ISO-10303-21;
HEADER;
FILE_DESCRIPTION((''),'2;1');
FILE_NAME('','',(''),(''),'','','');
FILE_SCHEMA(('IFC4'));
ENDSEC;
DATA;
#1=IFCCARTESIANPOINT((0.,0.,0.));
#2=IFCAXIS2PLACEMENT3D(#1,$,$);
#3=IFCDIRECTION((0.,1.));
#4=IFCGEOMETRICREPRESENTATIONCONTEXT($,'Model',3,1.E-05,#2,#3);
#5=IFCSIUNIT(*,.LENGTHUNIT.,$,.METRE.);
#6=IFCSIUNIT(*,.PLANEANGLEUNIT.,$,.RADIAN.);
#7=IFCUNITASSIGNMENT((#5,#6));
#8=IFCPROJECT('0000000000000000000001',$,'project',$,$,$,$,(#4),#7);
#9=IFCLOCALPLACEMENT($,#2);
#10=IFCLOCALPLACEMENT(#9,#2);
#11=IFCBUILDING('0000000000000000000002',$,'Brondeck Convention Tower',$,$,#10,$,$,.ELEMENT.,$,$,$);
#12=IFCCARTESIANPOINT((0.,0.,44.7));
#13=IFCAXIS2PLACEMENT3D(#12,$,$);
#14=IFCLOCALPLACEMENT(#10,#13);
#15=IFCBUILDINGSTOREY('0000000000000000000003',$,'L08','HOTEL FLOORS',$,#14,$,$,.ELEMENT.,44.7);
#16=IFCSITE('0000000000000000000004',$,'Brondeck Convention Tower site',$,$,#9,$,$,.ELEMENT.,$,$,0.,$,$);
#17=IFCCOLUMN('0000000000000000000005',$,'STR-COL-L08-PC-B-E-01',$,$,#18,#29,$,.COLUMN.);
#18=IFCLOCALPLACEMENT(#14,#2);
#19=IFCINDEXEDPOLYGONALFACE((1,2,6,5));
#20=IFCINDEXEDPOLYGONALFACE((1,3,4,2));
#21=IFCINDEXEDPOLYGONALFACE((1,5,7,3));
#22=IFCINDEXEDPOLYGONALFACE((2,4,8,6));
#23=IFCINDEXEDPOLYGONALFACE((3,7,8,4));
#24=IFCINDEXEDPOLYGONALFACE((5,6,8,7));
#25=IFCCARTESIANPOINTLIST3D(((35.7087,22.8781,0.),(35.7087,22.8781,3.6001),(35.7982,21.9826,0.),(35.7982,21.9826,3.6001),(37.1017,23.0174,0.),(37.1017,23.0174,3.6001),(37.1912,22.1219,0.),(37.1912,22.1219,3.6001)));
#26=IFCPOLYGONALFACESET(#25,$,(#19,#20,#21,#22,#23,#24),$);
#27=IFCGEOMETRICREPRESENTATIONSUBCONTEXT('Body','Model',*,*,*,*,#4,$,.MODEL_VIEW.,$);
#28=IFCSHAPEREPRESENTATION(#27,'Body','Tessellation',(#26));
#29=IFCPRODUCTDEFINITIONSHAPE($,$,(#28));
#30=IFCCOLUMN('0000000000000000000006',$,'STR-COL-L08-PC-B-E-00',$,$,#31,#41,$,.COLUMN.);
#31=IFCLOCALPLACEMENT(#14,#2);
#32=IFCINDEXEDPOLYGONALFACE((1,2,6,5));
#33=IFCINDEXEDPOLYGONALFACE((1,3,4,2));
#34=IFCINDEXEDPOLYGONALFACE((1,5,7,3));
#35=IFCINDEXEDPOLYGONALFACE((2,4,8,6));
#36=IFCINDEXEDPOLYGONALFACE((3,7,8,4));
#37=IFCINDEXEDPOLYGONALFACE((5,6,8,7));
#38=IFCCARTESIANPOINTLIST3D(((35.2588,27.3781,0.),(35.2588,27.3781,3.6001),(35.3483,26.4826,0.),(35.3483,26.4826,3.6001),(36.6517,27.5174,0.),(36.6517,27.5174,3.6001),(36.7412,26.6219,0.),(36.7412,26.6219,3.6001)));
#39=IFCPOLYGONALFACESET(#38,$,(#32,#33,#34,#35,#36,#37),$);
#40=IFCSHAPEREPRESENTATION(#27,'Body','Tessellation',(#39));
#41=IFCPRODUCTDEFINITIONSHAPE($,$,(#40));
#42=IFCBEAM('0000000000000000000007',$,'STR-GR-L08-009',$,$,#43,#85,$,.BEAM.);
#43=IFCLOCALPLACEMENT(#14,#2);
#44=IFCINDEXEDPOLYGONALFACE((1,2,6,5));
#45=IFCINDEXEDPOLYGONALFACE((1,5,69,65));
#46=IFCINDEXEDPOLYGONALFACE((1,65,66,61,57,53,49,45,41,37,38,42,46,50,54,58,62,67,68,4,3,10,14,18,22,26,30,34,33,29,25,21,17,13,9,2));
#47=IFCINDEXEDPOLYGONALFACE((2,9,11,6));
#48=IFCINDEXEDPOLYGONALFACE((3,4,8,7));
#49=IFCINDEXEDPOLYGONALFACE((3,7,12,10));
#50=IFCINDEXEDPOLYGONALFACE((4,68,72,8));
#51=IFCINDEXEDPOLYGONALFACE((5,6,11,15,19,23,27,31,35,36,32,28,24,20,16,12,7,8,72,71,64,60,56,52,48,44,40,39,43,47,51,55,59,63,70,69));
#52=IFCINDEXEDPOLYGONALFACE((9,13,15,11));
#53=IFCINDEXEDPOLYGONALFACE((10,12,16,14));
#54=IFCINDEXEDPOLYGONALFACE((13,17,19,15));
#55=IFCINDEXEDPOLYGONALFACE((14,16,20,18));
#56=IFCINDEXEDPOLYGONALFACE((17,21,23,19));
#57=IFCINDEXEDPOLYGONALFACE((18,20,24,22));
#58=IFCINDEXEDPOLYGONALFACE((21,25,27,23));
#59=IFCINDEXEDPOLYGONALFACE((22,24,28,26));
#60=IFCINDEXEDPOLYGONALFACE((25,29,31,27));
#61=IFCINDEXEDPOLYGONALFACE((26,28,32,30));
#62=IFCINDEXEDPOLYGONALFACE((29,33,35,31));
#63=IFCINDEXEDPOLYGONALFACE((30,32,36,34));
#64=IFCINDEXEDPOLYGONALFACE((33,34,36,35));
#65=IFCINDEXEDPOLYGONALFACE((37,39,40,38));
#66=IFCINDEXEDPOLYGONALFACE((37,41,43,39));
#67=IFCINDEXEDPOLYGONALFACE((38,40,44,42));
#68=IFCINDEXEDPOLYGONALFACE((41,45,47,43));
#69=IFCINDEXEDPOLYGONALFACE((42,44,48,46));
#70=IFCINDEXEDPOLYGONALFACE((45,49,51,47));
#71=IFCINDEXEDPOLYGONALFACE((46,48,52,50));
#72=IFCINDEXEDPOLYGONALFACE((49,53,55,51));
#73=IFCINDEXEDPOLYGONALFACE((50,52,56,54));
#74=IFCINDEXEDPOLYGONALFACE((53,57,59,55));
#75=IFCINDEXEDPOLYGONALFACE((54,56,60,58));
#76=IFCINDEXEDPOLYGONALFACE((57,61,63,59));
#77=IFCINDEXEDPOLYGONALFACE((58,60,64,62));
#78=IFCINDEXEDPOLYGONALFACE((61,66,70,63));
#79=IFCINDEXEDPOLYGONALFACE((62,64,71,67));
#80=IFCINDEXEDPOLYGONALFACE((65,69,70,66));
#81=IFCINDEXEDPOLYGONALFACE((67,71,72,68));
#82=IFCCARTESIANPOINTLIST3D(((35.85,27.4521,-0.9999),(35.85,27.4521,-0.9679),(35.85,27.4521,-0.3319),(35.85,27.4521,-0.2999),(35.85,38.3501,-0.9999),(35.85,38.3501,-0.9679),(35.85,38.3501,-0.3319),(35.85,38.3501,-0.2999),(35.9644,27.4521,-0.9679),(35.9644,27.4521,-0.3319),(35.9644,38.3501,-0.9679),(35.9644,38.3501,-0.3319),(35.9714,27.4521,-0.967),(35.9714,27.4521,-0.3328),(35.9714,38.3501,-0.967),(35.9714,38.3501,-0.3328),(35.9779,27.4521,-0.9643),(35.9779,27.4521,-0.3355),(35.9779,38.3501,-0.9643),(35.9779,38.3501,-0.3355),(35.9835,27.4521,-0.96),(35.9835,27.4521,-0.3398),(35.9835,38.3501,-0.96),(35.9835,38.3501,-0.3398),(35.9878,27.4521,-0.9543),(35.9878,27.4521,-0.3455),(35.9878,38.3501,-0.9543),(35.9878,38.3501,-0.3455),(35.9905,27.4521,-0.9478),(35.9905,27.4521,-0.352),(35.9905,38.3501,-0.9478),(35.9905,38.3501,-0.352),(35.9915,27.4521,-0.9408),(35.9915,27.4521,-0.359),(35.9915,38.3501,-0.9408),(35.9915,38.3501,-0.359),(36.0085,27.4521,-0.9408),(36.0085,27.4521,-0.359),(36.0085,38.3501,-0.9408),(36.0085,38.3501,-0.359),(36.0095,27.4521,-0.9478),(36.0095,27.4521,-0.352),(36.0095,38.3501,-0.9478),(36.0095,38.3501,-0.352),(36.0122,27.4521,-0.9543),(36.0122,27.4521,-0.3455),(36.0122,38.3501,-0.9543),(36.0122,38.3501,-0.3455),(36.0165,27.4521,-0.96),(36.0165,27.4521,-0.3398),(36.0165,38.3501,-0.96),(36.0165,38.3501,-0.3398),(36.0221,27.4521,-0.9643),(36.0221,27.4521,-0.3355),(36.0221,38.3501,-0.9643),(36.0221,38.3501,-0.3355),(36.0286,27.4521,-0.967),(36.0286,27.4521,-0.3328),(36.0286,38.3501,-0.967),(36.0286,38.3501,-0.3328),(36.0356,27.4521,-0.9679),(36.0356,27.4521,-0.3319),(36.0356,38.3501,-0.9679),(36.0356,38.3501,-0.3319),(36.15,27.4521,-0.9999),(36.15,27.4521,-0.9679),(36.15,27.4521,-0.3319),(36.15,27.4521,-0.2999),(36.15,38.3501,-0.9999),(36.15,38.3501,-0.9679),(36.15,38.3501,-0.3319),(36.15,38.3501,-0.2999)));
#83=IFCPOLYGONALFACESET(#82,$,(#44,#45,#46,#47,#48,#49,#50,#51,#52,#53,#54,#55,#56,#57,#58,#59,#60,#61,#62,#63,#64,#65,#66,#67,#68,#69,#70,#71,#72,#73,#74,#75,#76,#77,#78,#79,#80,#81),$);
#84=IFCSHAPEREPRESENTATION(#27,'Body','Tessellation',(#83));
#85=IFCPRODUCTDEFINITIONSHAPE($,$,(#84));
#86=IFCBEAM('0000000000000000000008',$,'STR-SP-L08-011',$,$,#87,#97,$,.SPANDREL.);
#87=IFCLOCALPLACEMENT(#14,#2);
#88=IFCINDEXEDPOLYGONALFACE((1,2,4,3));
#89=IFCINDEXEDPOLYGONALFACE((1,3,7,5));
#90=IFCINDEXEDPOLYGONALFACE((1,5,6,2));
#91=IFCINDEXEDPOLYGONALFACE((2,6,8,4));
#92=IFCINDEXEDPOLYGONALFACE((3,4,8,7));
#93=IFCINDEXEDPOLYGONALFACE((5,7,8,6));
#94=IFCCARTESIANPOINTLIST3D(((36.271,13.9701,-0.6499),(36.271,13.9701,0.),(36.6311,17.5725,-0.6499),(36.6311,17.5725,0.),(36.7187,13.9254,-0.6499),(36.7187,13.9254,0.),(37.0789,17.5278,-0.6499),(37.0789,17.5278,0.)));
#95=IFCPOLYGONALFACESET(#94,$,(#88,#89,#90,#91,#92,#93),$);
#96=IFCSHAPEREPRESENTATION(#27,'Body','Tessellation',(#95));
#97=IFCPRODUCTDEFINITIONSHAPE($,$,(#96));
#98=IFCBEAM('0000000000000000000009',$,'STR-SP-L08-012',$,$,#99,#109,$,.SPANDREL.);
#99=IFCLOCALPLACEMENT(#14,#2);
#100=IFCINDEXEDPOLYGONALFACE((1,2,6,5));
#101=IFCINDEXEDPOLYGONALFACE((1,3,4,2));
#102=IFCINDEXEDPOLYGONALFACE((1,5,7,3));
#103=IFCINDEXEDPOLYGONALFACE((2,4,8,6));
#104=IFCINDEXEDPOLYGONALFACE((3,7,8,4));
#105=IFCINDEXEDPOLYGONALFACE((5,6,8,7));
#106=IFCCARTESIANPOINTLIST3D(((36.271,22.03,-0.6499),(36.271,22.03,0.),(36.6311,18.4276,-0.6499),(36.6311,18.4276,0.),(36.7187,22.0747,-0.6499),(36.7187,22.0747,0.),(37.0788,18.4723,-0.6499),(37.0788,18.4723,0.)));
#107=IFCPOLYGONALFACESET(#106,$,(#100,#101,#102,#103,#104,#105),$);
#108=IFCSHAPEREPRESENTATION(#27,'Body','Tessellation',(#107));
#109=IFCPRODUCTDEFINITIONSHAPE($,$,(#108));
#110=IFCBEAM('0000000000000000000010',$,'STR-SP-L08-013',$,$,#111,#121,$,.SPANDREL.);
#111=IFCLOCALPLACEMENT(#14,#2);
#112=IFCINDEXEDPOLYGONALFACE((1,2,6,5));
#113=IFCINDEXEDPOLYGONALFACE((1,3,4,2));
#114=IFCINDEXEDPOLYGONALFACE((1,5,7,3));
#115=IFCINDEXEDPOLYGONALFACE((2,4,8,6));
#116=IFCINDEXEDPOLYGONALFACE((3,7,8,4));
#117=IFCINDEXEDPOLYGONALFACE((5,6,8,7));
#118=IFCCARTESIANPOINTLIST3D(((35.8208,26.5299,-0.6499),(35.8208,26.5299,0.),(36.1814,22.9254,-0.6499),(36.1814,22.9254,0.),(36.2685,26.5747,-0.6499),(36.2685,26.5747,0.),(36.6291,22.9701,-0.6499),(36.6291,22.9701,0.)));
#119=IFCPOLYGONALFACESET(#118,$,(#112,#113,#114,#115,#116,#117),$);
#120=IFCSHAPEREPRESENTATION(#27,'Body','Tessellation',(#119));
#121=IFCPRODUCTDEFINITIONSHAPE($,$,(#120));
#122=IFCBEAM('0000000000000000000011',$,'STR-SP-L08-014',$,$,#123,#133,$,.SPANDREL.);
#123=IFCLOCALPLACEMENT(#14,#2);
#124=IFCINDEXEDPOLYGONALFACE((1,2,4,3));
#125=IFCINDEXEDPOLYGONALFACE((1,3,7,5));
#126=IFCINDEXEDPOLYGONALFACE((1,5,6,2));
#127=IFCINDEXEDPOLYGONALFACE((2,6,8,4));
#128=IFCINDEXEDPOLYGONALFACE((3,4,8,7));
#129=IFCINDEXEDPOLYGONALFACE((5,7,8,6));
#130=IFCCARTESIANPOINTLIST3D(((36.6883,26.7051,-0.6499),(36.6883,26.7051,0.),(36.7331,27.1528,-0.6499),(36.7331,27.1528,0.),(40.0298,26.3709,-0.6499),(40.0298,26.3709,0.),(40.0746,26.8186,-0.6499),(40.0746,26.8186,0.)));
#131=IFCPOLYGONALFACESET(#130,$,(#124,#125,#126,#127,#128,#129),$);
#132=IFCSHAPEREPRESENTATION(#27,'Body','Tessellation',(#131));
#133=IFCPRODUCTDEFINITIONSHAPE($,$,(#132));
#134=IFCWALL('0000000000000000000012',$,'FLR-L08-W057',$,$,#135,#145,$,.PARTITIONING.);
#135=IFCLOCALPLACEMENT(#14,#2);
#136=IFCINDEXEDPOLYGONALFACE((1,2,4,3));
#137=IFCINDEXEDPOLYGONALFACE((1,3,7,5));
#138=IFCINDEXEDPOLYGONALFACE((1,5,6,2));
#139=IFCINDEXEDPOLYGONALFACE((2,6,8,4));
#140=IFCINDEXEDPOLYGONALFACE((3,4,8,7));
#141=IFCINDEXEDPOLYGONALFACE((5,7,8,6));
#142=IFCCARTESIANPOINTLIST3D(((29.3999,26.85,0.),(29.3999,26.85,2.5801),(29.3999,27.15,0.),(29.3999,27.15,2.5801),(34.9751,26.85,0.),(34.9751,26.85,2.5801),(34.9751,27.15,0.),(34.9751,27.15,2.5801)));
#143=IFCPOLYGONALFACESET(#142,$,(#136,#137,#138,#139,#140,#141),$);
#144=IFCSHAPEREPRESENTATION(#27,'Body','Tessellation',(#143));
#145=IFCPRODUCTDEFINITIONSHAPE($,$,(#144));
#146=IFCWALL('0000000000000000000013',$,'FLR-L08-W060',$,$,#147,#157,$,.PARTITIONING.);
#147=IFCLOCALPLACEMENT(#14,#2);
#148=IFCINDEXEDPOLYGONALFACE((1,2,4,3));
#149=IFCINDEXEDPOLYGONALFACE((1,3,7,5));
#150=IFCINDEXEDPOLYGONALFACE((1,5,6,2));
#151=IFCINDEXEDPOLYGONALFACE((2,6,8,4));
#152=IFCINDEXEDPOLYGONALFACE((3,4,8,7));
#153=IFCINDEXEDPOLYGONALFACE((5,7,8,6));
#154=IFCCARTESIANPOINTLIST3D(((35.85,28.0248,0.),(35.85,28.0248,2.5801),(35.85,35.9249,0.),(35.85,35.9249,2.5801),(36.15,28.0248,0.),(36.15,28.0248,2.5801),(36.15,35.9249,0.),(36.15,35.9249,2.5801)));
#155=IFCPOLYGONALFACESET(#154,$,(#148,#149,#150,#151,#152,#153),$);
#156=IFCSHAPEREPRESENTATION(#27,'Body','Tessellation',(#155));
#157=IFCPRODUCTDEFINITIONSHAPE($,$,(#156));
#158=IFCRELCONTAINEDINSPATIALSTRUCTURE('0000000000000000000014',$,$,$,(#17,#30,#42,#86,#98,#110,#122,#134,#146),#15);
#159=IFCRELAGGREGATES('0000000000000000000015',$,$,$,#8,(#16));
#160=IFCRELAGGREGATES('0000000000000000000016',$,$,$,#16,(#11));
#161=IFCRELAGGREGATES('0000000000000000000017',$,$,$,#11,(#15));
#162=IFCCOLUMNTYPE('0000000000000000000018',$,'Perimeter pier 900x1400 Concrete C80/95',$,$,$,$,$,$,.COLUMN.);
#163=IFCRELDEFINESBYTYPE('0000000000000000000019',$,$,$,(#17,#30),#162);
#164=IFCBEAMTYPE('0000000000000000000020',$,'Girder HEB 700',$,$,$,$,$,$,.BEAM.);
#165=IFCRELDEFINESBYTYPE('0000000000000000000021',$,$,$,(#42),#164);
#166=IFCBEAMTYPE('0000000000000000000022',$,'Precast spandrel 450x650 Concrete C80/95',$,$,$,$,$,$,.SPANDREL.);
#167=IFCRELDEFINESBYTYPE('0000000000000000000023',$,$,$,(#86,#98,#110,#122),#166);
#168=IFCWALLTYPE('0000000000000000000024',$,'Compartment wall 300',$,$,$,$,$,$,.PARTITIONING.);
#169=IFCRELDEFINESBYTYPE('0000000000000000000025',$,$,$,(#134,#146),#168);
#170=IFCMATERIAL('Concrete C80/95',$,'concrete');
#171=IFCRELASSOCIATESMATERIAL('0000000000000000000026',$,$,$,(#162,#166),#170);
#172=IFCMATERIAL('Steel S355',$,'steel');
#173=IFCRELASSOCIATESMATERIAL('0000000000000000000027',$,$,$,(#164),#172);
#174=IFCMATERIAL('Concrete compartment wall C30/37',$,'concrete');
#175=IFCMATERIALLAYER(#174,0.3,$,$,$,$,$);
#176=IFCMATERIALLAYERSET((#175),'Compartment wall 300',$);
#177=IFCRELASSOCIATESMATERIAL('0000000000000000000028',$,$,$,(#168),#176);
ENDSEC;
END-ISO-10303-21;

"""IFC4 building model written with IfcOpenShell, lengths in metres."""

from ifc_helpers import new_model, si_unit, direction, frame, frame_2d, origin, origin_2d, place, context, subcontext, project, spatial, rectangle, i_section, extrude, material, layer, layer_set, material_profile, profile_set, type_object, element, save


model = new_model("IFC4")

# Units and contexts
model_context = context("Model", 3, precision=1e-05, world=origin(), true_north=direction((0.0, 1.0)))
body_context = subcontext(model_context, "Body", "Model", "MODEL_VIEW")
ifc_project = project(units=[si_unit("LENGTHUNIT", "METRE"), si_unit("PLANEANGLEUNIT", "RADIAN")], contexts=[model_context])

# Site, building, storey
site_placement = place(None, origin())
site = spatial("IfcSite", under=ifc_project, at=site_placement, Name="Brondeck Convention Tower site", CompositionType="ELEMENT", RefElevation=0.0)
building_placement = place(site_placement, origin())
building = spatial("IfcBuilding", under=site, at=building_placement, Name="Brondeck Convention Tower", CompositionType="ELEMENT")
storey_placement = place(building_placement, frame((0.0, 0.0, 44.7)))
storey = spatial("IfcBuildingStorey", under=building, at=storey_placement, Name="L08", Description="HOTEL FLOORS", CompositionType="ELEMENT", Elevation=44.7)

# Columns
ifc_material_1 = material(Name="Concrete C80/95", Category="concrete")
ifc_material_profile_1 = material_profile(ifc_material_1, rectangle(XDim=0.8999, YDim=1.3999, at=origin_2d()), Name="Perimeter pier 900x1400 Concrete C80/95")
ifc_profile_set_1 = profile_set([ifc_material_profile_1], Name="Concrete C80/95")
column_type = type_object("IfcColumnType", Name="Perimeter pier 900x1400 Concrete C80/95", PredefinedType="COLUMN", material=ifc_profile_set_1)
for number, where, z_axis, x_axis, name in (
    (1, (36.45, 22.5, 0.0), (0.0, 0.0, 1.0), (-0.099504, 0.995037, 0.0), "STR-COL-L08-PC-B-E-01"),
    (2, (36.0, 27.0, 0.0), (0.0, 0.0, 1.0), (-0.099504, 0.995037, 0.0), "STR-COL-L08-PC-B-E-00"),
):
    element("IfcColumn", number, at=place(storey_placement, frame(where, z_axis=z_axis, x_axis=x_axis)), inside=storey, type_object=column_type, Name=name, PredefinedType="COLUMN", context=body_context, shape_type="SweptSolid", body=[
        extrude(rectangle(XDim=0.8999, YDim=1.3999, at=origin_2d()), origin(), (0.0, 0.0, 1.0), 3.6001),
    ])

# Beams
ifc_material_2 = material(Name="Steel S355", Category="steel")
ifc_material_profile_2 = material_profile(ifc_material_2, i_section(OverallWidth=0.3, OverallDepth=0.7, WebThickness=0.0171, FlangeThickness=0.032, FilletRadius=0.0271, at=origin_2d()), Name="HEB 700")
ifc_profile_set_2 = profile_set([ifc_material_profile_2], Name="Steel S355")
beam_type_1 = type_object("IfcBeamType", Name="Girder HEB 700", PredefinedType="BEAM", material=ifc_profile_set_2)
beam_1_placement = place(storey_placement, frame((36.0, 27.4521, -0.6499), z_axis=(0.0, 1.0, 0.0), x_axis=(-1.0, 0.0, 0.0)))
element("IfcBeam", 3, at=beam_1_placement, inside=storey, type_object=beam_type_1, Name="STR-GR-L08-009", PredefinedType="BEAM", context=body_context, shape_type="SweptSolid", body=[
    extrude(i_section(OverallWidth=0.3, OverallDepth=0.7, WebThickness=0.0171, FlangeThickness=0.032, FilletRadius=0.0271, at=origin_2d()), origin(), (0.0, 0.0, 1.0), 10.8979),
])
ifc_material_profile_3 = material_profile(ifc_material_1, rectangle(XDim=0.45, YDim=0.6499, at=origin_2d()), Name="Precast spandrel 450x650 Concrete C80/95")
ifc_profile_set_3 = profile_set([ifc_material_profile_3], Name="Concrete C80/95")
beam_type_2 = type_object("IfcBeamType", Name="Precast spandrel 450x650 Concrete C80/95", PredefinedType="SPANDREL", material=ifc_profile_set_3)
for number, where, z_axis, x_axis, name in (
    (4, (36.4949, 13.9478, -0.325), (0.09947, 0.995041, 0.0), (-0.995041, 0.09947, 0.0), "STR-SP-L08-011"),
    (5, (36.855, 18.45, -0.325), (-0.09947, 0.995041, 0.0), (-0.995041, -0.09947, 0.0), "STR-SP-L08-012"),
):
    element("IfcBeam", number, at=place(storey_placement, frame(where, z_axis=z_axis, x_axis=x_axis)), inside=storey, type_object=beam_type_2, Name=name, PredefinedType="SPANDREL", context=body_context, shape_type="SweptSolid", body=[
        extrude(rectangle(XDim=0.45, YDim=0.6499, at=origin_2d()), origin(), (0.0, 0.0, 1.0), 3.6204),
    ])
beam_2_placement = place(storey_placement, frame((36.4053, 22.9478, -0.325), z_axis=(-0.099544, 0.995033, 0.0), x_axis=(-0.995033, -0.099544, 0.0)))
element("IfcBeam", 6, at=beam_2_placement, inside=storey, type_object=beam_type_2, Name="STR-SP-L08-013", PredefinedType="SPANDREL", context=body_context, shape_type="SweptSolid", body=[
    extrude(rectangle(XDim=0.45, YDim=0.6499, at=origin_2d()), origin(), (0.0, 0.0, 1.0), 3.6226),
])
beam_3_placement = place(storey_placement, frame((36.7107, 26.929, -0.325), z_axis=(0.995035, -0.099525, 0.0), x_axis=(0.099525, 0.995035, 0.0)))
element("IfcBeam", 7, at=beam_3_placement, inside=storey, type_object=beam_type_2, Name="STR-SP-L08-014", PredefinedType="SPANDREL", context=body_context, shape_type="SweptSolid", body=[
    extrude(rectangle(XDim=0.45, YDim=0.6499, at=origin_2d()), origin(), (0.0, 0.0, 1.0), 3.3582),
])

# Walls
ifc_material_3 = material(Name="Concrete compartment wall C30/37", Category="concrete")
ifc_layer_1 = layer(ifc_material_3, 0.3)
ifc_layer_set_1 = layer_set([ifc_layer_1], Name="Compartment wall 300")
wall_type_1 = type_object("IfcWallType", Name="Compartment wall 300", PredefinedType="PARTITIONING", material=ifc_layer_set_1)
wall_1_placement = place(storey_placement, frame((34.9751, 27.0, 0.0), z_axis=(0.0, 0.0, 1.0), x_axis=(-1.0, 0.0, 0.0)))
element("IfcWall", 8, at=wall_1_placement, inside=storey, type_object=wall_type_1, Name="FLR-L08-W057", PredefinedType="PARTITIONING", context=body_context, shape_type="SweptSolid", body=[
    extrude(rectangle(XDim=5.5752, YDim=0.3, at=frame_2d((2.7876, 0.0))), origin(), (0.0, 0.0, 1.0), 2.5801),
])
wall_2_placement = place(storey_placement, frame((36.0, 35.925, 0.0), z_axis=(0.0, 0.0, 1.0), x_axis=(0.0, -1.0, 0.0)))
element("IfcWall", 9, at=wall_2_placement, inside=storey, type_object=wall_type_1, Name="FLR-L08-W060", PredefinedType="PARTITIONING", context=body_context, shape_type="SweptSolid", body=[
    extrude(rectangle(XDim=7.9001, YDim=0.3, at=frame_2d((3.9502, 0.0))), origin(), (0.0, 0.0, 1.0), 2.5801),
])

save(model, "model.ifc")
